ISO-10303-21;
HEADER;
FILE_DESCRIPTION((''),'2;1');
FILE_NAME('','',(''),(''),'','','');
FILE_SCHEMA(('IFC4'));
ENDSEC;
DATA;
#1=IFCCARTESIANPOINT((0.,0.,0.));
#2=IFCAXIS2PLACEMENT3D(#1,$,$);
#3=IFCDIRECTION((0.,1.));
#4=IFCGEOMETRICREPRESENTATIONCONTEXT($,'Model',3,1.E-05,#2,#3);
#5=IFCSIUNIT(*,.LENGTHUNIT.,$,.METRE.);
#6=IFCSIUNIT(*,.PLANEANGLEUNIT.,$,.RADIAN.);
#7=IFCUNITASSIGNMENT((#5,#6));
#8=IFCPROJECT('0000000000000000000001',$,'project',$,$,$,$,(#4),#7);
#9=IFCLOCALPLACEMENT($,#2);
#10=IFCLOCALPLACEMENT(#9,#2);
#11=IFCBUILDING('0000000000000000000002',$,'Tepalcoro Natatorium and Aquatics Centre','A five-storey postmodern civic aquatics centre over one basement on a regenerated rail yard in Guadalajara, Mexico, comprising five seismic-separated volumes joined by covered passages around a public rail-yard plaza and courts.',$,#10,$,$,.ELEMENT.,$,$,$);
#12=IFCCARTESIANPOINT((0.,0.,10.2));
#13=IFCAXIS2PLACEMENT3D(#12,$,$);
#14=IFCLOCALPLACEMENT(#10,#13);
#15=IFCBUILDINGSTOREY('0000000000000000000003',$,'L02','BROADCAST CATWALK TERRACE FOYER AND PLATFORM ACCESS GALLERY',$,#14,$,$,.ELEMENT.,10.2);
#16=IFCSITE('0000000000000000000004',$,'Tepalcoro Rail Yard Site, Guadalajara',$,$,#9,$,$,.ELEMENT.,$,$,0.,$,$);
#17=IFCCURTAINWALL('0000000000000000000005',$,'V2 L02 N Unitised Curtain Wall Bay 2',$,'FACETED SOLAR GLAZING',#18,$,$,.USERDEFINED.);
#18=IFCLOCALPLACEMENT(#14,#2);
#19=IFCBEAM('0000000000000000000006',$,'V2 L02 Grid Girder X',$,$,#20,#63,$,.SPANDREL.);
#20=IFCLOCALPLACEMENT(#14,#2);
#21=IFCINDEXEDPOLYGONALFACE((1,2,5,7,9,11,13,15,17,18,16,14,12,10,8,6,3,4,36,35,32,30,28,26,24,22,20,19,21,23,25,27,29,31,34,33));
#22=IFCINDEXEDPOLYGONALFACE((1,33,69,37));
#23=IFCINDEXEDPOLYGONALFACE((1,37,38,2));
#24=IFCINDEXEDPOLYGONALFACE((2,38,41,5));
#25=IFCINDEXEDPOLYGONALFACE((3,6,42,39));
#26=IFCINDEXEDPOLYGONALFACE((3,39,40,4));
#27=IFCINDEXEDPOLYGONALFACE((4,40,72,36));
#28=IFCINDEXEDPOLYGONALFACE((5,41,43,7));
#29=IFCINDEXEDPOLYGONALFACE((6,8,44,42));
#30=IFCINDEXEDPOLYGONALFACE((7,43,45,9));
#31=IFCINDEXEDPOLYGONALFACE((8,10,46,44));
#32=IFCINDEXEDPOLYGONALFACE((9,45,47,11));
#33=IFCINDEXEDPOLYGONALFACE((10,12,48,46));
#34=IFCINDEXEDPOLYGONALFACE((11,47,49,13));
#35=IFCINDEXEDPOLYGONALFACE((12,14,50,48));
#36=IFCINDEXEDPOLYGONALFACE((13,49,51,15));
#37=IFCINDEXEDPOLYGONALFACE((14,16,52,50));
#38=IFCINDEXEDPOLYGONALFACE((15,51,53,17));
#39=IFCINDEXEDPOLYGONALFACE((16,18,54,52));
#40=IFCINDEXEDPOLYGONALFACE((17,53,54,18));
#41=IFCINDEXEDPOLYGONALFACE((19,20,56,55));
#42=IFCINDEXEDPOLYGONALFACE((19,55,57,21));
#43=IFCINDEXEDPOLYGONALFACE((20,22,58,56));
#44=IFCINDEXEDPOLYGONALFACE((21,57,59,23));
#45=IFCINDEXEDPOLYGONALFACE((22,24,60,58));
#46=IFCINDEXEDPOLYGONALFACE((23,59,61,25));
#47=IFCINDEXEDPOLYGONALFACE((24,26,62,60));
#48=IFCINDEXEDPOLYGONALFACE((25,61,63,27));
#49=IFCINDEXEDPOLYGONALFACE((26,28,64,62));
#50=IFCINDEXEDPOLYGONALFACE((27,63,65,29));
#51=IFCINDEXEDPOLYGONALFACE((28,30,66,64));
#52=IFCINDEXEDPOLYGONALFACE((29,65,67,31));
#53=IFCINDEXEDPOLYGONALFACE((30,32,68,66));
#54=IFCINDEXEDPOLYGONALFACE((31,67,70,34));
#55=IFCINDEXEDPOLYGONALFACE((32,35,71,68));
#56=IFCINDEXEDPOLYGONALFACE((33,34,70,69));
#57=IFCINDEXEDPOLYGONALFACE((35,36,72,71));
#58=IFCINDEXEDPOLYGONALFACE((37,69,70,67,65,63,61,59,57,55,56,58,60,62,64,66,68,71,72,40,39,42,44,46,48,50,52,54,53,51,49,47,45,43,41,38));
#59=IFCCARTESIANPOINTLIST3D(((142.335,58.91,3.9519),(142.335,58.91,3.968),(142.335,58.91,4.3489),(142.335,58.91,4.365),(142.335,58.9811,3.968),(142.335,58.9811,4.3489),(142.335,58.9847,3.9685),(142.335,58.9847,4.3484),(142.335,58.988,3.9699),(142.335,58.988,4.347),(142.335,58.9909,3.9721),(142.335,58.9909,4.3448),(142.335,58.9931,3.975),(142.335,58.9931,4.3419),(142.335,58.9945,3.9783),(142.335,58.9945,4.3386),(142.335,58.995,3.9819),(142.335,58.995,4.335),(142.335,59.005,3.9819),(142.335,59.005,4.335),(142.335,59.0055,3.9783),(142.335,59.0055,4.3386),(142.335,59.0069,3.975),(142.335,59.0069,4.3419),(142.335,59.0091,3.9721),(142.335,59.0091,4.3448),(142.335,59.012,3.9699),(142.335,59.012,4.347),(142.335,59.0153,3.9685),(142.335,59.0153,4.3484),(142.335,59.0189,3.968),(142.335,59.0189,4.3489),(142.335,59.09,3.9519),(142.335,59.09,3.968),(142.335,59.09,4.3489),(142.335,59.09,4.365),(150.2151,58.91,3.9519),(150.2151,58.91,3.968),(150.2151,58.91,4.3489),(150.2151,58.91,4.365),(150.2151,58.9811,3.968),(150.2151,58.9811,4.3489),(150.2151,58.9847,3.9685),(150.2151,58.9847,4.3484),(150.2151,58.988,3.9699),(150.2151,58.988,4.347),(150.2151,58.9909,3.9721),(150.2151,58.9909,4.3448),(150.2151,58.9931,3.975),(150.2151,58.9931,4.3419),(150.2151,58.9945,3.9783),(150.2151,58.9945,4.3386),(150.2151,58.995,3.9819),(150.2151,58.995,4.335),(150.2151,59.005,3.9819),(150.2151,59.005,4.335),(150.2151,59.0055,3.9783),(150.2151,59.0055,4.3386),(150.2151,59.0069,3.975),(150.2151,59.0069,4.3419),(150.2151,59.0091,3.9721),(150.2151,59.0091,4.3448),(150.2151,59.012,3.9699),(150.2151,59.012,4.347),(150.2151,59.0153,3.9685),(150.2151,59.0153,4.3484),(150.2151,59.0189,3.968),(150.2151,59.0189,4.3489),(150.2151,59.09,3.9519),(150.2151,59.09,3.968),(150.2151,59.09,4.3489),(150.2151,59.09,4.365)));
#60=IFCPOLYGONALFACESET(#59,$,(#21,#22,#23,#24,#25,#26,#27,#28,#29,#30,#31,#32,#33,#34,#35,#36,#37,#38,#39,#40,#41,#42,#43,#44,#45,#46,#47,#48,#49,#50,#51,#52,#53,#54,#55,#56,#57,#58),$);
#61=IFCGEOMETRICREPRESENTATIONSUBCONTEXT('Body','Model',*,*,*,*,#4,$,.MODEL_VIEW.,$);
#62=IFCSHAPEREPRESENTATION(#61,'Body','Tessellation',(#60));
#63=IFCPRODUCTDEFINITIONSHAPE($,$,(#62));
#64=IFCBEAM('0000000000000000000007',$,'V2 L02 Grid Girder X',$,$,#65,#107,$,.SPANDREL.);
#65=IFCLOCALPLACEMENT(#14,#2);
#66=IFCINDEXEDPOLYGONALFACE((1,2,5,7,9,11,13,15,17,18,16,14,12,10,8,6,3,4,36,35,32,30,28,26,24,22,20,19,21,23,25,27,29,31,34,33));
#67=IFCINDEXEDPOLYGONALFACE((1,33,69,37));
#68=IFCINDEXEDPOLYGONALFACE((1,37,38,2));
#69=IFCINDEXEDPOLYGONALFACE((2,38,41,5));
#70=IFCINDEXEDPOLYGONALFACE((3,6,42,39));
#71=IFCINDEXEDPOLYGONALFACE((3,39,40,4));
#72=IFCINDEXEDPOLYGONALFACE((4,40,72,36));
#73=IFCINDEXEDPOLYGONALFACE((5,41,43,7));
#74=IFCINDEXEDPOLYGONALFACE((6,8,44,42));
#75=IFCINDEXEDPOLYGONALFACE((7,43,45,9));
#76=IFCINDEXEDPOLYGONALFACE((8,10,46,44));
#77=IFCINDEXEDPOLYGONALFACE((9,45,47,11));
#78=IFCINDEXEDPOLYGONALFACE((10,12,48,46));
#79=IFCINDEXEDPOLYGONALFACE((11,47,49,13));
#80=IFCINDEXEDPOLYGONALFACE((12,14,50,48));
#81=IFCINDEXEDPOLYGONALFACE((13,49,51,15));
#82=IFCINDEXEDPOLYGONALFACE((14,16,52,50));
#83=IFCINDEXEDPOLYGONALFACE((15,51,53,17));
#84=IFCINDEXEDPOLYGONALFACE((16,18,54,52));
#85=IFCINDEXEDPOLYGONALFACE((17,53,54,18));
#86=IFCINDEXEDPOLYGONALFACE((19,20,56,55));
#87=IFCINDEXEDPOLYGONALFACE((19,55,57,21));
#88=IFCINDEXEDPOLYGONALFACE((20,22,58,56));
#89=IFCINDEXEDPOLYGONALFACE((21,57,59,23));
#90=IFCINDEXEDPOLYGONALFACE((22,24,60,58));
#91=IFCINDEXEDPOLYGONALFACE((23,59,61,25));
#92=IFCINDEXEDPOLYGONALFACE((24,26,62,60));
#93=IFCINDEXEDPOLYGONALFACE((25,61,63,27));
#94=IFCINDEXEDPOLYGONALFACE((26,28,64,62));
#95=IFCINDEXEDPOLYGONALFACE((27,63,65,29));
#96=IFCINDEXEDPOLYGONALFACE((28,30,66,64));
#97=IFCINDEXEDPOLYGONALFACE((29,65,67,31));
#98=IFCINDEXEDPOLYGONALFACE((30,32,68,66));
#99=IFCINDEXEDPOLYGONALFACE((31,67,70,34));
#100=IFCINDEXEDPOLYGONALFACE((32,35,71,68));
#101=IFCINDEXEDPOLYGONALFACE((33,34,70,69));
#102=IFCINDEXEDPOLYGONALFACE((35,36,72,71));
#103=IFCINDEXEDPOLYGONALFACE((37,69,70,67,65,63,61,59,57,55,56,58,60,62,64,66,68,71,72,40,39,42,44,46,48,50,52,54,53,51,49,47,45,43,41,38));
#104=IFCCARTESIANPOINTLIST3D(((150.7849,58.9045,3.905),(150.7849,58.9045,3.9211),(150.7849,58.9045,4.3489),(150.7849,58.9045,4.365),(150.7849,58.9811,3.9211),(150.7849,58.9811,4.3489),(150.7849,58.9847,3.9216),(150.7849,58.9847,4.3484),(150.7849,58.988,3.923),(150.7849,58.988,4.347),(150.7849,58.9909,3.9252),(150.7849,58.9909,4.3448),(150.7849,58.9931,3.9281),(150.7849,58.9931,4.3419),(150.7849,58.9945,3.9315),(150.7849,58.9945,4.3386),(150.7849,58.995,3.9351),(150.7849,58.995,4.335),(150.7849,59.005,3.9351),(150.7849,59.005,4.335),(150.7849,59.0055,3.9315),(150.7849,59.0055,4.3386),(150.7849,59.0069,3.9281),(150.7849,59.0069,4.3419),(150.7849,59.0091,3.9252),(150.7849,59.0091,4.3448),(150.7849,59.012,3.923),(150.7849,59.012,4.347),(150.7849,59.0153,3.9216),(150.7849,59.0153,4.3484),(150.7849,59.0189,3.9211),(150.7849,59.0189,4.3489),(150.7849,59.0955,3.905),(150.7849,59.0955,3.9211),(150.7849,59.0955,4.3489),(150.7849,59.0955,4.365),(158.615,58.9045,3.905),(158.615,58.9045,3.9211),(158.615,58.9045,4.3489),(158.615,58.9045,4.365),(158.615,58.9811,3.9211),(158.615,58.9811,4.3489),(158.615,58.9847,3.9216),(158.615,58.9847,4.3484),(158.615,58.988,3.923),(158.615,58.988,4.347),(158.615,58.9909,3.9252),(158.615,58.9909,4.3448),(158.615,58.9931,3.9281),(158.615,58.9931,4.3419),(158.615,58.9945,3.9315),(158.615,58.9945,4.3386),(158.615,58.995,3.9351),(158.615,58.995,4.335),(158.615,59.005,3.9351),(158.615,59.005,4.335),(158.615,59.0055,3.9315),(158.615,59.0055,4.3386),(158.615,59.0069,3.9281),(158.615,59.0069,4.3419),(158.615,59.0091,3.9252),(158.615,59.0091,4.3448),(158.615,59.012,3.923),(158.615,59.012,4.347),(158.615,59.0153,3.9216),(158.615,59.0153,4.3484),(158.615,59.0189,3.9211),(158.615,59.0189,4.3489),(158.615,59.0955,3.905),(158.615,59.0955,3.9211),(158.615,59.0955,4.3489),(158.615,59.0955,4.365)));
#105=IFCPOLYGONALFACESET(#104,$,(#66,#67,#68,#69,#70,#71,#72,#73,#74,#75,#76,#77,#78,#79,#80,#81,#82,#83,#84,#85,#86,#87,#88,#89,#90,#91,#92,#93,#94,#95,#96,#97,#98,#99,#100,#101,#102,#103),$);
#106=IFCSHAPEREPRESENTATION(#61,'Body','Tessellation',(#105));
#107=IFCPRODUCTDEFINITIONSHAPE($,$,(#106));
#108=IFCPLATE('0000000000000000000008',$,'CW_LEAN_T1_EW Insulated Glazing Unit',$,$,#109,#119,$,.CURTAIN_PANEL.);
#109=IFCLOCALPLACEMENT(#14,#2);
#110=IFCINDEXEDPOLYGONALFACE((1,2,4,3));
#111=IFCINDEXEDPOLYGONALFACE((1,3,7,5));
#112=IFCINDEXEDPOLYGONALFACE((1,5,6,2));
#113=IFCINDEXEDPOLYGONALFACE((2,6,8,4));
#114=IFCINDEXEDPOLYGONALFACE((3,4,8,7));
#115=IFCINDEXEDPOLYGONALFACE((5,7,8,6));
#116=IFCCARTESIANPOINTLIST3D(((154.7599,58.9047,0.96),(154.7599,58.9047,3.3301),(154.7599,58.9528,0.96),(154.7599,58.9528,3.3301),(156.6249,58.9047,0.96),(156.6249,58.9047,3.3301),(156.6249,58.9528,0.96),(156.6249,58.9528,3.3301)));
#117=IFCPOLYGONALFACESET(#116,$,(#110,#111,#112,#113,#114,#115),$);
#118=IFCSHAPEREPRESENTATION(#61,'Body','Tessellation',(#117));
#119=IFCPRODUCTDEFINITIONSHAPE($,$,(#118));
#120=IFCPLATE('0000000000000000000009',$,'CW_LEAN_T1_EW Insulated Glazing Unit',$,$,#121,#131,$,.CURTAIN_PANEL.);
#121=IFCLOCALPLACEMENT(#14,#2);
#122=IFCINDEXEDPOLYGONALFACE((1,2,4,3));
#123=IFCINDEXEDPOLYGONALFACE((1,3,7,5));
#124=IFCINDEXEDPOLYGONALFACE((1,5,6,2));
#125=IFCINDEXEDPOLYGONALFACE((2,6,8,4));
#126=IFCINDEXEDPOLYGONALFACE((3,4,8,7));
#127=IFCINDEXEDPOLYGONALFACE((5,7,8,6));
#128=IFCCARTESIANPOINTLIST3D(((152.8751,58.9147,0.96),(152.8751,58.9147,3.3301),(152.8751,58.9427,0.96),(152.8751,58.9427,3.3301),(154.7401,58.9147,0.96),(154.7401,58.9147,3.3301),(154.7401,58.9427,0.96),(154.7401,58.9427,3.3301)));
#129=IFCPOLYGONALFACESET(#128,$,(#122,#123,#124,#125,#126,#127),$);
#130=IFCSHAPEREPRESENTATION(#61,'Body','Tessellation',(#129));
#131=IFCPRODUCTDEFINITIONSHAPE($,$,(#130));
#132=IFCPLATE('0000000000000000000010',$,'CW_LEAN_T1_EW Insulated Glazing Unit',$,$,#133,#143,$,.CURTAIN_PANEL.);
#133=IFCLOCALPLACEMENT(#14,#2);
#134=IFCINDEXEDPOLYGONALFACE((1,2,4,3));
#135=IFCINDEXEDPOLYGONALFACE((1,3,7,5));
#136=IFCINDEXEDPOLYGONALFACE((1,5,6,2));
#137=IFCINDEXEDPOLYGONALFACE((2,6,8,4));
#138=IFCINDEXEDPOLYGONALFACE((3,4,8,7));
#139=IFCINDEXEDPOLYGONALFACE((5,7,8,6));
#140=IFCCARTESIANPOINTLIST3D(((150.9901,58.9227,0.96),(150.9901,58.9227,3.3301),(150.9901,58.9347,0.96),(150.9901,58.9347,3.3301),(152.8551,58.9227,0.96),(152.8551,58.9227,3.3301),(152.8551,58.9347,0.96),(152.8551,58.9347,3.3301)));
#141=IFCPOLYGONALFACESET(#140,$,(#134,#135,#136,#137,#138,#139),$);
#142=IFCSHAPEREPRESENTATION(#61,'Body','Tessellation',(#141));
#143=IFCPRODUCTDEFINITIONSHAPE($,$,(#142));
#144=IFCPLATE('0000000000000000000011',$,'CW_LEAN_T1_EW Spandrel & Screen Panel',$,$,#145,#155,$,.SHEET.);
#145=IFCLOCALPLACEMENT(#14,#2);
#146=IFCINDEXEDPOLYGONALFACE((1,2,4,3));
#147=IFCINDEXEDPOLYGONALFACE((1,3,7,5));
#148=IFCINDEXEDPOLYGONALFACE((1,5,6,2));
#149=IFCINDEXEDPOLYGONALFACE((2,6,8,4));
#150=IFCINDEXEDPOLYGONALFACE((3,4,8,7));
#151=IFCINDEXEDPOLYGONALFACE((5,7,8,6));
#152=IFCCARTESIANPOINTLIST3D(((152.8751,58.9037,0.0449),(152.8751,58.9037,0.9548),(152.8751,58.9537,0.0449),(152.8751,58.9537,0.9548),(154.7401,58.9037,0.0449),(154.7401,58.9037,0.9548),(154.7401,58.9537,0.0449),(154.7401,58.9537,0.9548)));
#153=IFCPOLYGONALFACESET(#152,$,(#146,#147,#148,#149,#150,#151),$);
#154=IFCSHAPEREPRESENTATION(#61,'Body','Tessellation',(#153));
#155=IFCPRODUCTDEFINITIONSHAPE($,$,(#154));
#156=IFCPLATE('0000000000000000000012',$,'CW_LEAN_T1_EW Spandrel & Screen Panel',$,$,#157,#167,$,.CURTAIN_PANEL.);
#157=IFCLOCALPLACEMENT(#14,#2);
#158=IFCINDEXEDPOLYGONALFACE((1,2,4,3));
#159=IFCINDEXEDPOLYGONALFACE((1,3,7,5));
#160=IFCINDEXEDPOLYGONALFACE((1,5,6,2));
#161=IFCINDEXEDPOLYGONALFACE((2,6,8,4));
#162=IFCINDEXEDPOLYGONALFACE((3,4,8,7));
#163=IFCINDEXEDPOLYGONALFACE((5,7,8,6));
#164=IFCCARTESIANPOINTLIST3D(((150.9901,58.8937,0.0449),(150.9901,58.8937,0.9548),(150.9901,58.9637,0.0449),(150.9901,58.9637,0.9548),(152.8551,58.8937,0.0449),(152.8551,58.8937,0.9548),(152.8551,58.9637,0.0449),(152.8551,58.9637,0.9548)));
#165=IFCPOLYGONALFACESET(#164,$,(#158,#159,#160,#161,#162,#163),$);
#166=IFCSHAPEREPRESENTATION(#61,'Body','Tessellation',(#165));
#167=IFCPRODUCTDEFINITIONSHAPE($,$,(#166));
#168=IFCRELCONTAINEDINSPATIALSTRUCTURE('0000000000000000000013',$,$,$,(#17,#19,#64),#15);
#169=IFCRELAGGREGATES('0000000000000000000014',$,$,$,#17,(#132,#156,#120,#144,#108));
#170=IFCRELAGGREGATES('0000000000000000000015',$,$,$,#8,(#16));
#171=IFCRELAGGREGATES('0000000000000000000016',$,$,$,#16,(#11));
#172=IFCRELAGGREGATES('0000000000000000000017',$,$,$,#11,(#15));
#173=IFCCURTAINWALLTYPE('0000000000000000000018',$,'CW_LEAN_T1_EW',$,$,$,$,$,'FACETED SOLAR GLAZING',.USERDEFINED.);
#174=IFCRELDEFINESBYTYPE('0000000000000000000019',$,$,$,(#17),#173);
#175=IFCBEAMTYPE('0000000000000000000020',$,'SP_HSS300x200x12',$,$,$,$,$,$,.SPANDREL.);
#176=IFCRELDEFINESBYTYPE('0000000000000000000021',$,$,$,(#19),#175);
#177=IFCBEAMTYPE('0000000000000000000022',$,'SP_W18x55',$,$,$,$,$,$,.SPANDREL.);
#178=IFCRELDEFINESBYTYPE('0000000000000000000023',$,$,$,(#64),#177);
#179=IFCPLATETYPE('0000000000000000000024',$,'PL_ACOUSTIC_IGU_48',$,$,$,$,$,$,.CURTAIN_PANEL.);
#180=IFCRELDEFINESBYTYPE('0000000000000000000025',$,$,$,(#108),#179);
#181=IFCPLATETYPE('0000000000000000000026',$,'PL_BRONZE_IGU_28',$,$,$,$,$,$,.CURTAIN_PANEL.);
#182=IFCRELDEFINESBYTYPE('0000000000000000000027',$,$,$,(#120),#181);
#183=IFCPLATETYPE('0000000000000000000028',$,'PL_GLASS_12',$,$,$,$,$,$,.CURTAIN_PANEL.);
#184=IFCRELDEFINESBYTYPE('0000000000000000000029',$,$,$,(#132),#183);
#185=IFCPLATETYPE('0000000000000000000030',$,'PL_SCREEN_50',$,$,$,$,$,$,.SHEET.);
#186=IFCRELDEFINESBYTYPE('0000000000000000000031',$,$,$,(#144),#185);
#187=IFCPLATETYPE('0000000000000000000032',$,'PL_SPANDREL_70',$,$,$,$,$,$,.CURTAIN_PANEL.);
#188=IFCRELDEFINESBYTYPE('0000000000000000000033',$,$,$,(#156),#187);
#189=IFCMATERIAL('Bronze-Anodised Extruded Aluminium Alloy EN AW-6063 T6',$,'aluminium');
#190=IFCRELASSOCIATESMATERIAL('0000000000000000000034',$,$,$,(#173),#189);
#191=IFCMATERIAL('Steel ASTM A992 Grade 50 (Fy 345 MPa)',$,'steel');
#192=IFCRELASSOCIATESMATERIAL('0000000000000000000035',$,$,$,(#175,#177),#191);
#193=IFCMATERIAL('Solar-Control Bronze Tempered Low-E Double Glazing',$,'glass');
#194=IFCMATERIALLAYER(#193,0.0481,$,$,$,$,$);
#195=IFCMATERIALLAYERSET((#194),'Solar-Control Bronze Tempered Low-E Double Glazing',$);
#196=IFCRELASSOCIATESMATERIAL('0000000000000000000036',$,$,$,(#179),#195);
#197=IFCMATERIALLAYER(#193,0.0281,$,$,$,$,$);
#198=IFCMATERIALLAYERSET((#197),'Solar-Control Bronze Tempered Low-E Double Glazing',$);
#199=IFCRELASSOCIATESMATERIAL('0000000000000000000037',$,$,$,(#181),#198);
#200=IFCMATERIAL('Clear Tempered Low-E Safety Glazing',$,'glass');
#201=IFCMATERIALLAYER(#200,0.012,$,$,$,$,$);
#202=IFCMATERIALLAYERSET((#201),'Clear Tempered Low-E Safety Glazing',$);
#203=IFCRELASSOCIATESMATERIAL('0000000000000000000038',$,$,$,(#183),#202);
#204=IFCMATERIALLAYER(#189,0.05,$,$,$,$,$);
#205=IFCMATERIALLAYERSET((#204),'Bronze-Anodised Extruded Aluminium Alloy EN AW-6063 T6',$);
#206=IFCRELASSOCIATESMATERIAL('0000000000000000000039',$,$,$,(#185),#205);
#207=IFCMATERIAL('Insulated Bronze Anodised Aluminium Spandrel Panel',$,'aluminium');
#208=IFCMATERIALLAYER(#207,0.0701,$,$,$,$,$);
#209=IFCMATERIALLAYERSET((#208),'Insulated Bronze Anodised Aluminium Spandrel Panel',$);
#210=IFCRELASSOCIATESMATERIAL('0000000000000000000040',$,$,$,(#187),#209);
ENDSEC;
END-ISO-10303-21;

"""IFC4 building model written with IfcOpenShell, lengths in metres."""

from ifc_helpers import new_model, si_unit, direction, frame, origin, origin_2d, place, context, subcontext, project, spatial, rectangle, i_section, extrude, material, layer, layer_set, material_profile, profile_set, type_object, element, aggregate, save


model = new_model("IFC4")

# Units and contexts
model_context = context("Model", 3, precision=1e-05, world=origin(), true_north=direction((0.0, 1.0)))
body_context = subcontext(model_context, "Body", "Model", "MODEL_VIEW")
ifc_project = project(units=[si_unit("LENGTHUNIT", "METRE"), si_unit("PLANEANGLEUNIT", "RADIAN")], contexts=[model_context])

# Site, building, storey
site_placement = place(None, origin())
site = spatial("IfcSite", under=ifc_project, at=site_placement, Name="Tepalcoro Rail Yard Site, Guadalajara", CompositionType="ELEMENT", RefElevation=0.0)
building_placement = place(site_placement, origin())
building = spatial("IfcBuilding", under=site, at=building_placement, Name="Tepalcoro Natatorium and Aquatics Centre", Description="A five-storey postmodern civic aquatics centre over one basement on a regenerated rail yard in Guadalajara, Mexico, comprising five seismic-separated volumes joined by covered passages around a public rail-yard plaza and courts.", CompositionType="ELEMENT")
storey_placement = place(building_placement, frame((0.0, 0.0, 10.2)))
storey = spatial("IfcBuildingStorey", under=building, at=storey_placement, Name="L02", Description="BROADCAST CATWALK TERRACE FOYER AND PLATFORM ACCESS GALLERY", CompositionType="ELEMENT", Elevation=10.2)

# Curtain wall
ifc_material_1 = material(Name="Bronze-Anodised Extruded Aluminium Alloy EN AW-6063 T6", Category="aluminium")
curtain_wall_type = type_object("IfcCurtainWallType", Name="CW_LEAN_T1_EW", ElementType="FACETED SOLAR GLAZING", PredefinedType="USERDEFINED", material=ifc_material_1)
curtain_wall_placement = place(storey_placement, origin())
curtain_wall = element("IfcCurtainWall", 1, at=curtain_wall_placement, inside=storey, type_object=curtain_wall_type, Name="V2 L02 N Unitised Curtain Wall Bay 2", ObjectType="FACETED SOLAR GLAZING", PredefinedType="USERDEFINED")

# Beams
ifc_material_2 = material(Name="Steel ASTM A992 Grade 50 (Fy 345 MPa)", Category="steel")
ifc_material_profile_1 = material_profile(ifc_material_2, i_section(OverallWidth=0.1799, OverallDepth=0.4131, WebThickness=0.01, FlangeThickness=0.0161, FilletRadius=0.0139, at=origin_2d()), Name="W16X50")
ifc_profile_set_1 = profile_set([ifc_material_profile_1], Name="Steel ASTM A992 Grade 50 (Fy 345 MPa)")
beam_type_1 = type_object("IfcBeamType", Name="SP_HSS300x200x12", PredefinedType="SPANDREL", material=ifc_profile_set_1)
beam_1_placement = place(storey_placement, frame((142.335, 59.0, 4.1584), z_axis=(1.0, 0.0, 0.0), x_axis=(0.0, 1.0, 0.0)))
element("IfcBeam", 2, at=beam_1_placement, inside=storey, type_object=beam_type_1, Name="V2 L02 Grid Girder X", PredefinedType="SPANDREL", context=body_context, shape_type="SweptSolid", body=[
    extrude(i_section(OverallWidth=0.1799, OverallDepth=0.4131, WebThickness=0.01, FlangeThickness=0.0161, FilletRadius=0.0139, at=origin_2d()), origin(), (0.0, 0.0, 1.0), 7.8801),
])
ifc_material_profile_2 = material_profile(ifc_material_2, i_section(OverallWidth=0.1909, OverallDepth=0.46, WebThickness=0.01, FlangeThickness=0.0161, FilletRadius=0.0139, at=origin_2d()), Name="W18X55")
ifc_profile_set_2 = profile_set([ifc_material_profile_2], Name="Steel ASTM A992 Grade 50 (Fy 345 MPa)")
beam_type_2 = type_object("IfcBeamType", Name="SP_W18x55", PredefinedType="SPANDREL", material=ifc_profile_set_2)
beam_2_placement = place(storey_placement, frame((150.7849, 59.0, 4.135), z_axis=(1.0, 0.0, 0.0), x_axis=(0.0, 1.0, 0.0)))
element("IfcBeam", 3, at=beam_2_placement, inside=storey, type_object=beam_type_2, Name="V2 L02 Grid Girder X", PredefinedType="SPANDREL", context=body_context, shape_type="SweptSolid", body=[
    extrude(i_section(OverallWidth=0.1909, OverallDepth=0.46, WebThickness=0.01, FlangeThickness=0.0161, FilletRadius=0.0139, at=origin_2d()), origin(), (0.0, 0.0, 1.0), 7.8301),
])

# Plates
ifc_material_3 = material(Name="Solar-Control Bronze Tempered Low-E Double Glazing", Category="glass")
ifc_layer_1 = layer(ifc_material_3, 0.0481)
ifc_layer_set_1 = layer_set([ifc_layer_1], Name="Solar-Control Bronze Tempered Low-E Double Glazing")
plate_type_1 = type_object("IfcPlateType", Name="PL_ACOUSTIC_IGU_48", PredefinedType="CURTAIN_PANEL", material=ifc_layer_set_1)
plate_1_placement = place(storey_placement, frame((155.6924, 58.9287, 0.96), z_axis=(0.0, 0.0, 1.0), x_axis=(1.0, 0.0, 0.0)))
plate_1 = element("IfcPlate", 4, at=plate_1_placement, type_object=plate_type_1, Name="CW_LEAN_T1_EW Insulated Glazing Unit", PredefinedType="CURTAIN_PANEL", context=body_context, shape_type="SweptSolid", body=[
    extrude(rectangle(XDim=1.865, YDim=0.0481, at=origin_2d()), origin(), (0.0, 0.0, 1.0), 2.3701),
])
ifc_layer_2 = layer(ifc_material_3, 0.0281)
ifc_layer_set_2 = layer_set([ifc_layer_2], Name="Solar-Control Bronze Tempered Low-E Double Glazing")
plate_type_2 = type_object("IfcPlateType", Name="PL_BRONZE_IGU_28", PredefinedType="CURTAIN_PANEL", material=ifc_layer_set_2)
plate_2_placement = place(storey_placement, frame((153.8076, 58.9287, 0.96), z_axis=(0.0, 0.0, 1.0), x_axis=(1.0, 0.0, 0.0)))
plate_2 = element("IfcPlate", 5, at=plate_2_placement, type_object=plate_type_2, Name="CW_LEAN_T1_EW Insulated Glazing Unit", PredefinedType="CURTAIN_PANEL", context=body_context, shape_type="SweptSolid", body=[
    extrude(rectangle(XDim=1.865, YDim=0.0281, at=origin_2d()), origin(), (0.0, 0.0, 1.0), 2.3701),
])
ifc_material_4 = material(Name="Clear Tempered Low-E Safety Glazing", Category="glass")
ifc_layer_3 = layer(ifc_material_4, 0.012)
ifc_layer_set_3 = layer_set([ifc_layer_3], Name="Clear Tempered Low-E Safety Glazing")
plate_type_3 = type_object("IfcPlateType", Name="PL_GLASS_12", PredefinedType="CURTAIN_PANEL", material=ifc_layer_set_3)
plate_3_placement = place(storey_placement, frame((151.9226, 58.9287, 0.96), z_axis=(0.0, 0.0, 1.0), x_axis=(1.0, 0.0, 0.0)))
plate_3 = element("IfcPlate", 6, at=plate_3_placement, type_object=plate_type_3, Name="CW_LEAN_T1_EW Insulated Glazing Unit", PredefinedType="CURTAIN_PANEL", context=body_context, shape_type="SweptSolid", body=[
    extrude(rectangle(XDim=1.865, YDim=0.012, at=origin_2d()), origin(), (0.0, 0.0, 1.0), 2.3701),
])
ifc_layer_4 = layer(ifc_material_1, 0.05)
ifc_layer_set_4 = layer_set([ifc_layer_4], Name="Bronze-Anodised Extruded Aluminium Alloy EN AW-6063 T6")
plate_type_4 = type_object("IfcPlateType", Name="PL_SCREEN_50", PredefinedType="SHEET", material=ifc_layer_set_4)
plate_4_placement = place(storey_placement, frame((153.8076, 58.9287, 0.0449), z_axis=(0.0, 0.0, 1.0), x_axis=(1.0, 0.0, 0.0)))
plate_4 = element("IfcPlate", 7, at=plate_4_placement, type_object=plate_type_4, Name="CW_LEAN_T1_EW Spandrel & Screen Panel", PredefinedType="SHEET", context=body_context, shape_type="SweptSolid", body=[
    extrude(rectangle(XDim=1.865, YDim=0.05, at=origin_2d()), origin(), (0.0, 0.0, 1.0), 0.9099),
])
ifc_material_5 = material(Name="Insulated Bronze Anodised Aluminium Spandrel Panel", Category="aluminium")
ifc_layer_5 = layer(ifc_material_5, 0.0701)
ifc_layer_set_5 = layer_set([ifc_layer_5], Name="Insulated Bronze Anodised Aluminium Spandrel Panel")
plate_type_5 = type_object("IfcPlateType", Name="PL_SPANDREL_70", PredefinedType="CURTAIN_PANEL", material=ifc_layer_set_5)
plate_5_placement = place(storey_placement, frame((151.9226, 58.9287, 0.0449), z_axis=(0.0, 0.0, 1.0), x_axis=(1.0, 0.0, 0.0)))
plate_5 = element("IfcPlate", 8, at=plate_5_placement, type_object=plate_type_5, Name="CW_LEAN_T1_EW Spandrel & Screen Panel", PredefinedType="CURTAIN_PANEL", context=body_context, shape_type="SweptSolid", body=[
    extrude(rectangle(XDim=1.865, YDim=0.0701, at=origin_2d()), origin(), (0.0, 0.0, 1.0), 0.9099),
])
aggregate(curtain_wall, [plate_3, plate_5, plate_2, plate_4, plate_1])

save(model, "model.ifc")
